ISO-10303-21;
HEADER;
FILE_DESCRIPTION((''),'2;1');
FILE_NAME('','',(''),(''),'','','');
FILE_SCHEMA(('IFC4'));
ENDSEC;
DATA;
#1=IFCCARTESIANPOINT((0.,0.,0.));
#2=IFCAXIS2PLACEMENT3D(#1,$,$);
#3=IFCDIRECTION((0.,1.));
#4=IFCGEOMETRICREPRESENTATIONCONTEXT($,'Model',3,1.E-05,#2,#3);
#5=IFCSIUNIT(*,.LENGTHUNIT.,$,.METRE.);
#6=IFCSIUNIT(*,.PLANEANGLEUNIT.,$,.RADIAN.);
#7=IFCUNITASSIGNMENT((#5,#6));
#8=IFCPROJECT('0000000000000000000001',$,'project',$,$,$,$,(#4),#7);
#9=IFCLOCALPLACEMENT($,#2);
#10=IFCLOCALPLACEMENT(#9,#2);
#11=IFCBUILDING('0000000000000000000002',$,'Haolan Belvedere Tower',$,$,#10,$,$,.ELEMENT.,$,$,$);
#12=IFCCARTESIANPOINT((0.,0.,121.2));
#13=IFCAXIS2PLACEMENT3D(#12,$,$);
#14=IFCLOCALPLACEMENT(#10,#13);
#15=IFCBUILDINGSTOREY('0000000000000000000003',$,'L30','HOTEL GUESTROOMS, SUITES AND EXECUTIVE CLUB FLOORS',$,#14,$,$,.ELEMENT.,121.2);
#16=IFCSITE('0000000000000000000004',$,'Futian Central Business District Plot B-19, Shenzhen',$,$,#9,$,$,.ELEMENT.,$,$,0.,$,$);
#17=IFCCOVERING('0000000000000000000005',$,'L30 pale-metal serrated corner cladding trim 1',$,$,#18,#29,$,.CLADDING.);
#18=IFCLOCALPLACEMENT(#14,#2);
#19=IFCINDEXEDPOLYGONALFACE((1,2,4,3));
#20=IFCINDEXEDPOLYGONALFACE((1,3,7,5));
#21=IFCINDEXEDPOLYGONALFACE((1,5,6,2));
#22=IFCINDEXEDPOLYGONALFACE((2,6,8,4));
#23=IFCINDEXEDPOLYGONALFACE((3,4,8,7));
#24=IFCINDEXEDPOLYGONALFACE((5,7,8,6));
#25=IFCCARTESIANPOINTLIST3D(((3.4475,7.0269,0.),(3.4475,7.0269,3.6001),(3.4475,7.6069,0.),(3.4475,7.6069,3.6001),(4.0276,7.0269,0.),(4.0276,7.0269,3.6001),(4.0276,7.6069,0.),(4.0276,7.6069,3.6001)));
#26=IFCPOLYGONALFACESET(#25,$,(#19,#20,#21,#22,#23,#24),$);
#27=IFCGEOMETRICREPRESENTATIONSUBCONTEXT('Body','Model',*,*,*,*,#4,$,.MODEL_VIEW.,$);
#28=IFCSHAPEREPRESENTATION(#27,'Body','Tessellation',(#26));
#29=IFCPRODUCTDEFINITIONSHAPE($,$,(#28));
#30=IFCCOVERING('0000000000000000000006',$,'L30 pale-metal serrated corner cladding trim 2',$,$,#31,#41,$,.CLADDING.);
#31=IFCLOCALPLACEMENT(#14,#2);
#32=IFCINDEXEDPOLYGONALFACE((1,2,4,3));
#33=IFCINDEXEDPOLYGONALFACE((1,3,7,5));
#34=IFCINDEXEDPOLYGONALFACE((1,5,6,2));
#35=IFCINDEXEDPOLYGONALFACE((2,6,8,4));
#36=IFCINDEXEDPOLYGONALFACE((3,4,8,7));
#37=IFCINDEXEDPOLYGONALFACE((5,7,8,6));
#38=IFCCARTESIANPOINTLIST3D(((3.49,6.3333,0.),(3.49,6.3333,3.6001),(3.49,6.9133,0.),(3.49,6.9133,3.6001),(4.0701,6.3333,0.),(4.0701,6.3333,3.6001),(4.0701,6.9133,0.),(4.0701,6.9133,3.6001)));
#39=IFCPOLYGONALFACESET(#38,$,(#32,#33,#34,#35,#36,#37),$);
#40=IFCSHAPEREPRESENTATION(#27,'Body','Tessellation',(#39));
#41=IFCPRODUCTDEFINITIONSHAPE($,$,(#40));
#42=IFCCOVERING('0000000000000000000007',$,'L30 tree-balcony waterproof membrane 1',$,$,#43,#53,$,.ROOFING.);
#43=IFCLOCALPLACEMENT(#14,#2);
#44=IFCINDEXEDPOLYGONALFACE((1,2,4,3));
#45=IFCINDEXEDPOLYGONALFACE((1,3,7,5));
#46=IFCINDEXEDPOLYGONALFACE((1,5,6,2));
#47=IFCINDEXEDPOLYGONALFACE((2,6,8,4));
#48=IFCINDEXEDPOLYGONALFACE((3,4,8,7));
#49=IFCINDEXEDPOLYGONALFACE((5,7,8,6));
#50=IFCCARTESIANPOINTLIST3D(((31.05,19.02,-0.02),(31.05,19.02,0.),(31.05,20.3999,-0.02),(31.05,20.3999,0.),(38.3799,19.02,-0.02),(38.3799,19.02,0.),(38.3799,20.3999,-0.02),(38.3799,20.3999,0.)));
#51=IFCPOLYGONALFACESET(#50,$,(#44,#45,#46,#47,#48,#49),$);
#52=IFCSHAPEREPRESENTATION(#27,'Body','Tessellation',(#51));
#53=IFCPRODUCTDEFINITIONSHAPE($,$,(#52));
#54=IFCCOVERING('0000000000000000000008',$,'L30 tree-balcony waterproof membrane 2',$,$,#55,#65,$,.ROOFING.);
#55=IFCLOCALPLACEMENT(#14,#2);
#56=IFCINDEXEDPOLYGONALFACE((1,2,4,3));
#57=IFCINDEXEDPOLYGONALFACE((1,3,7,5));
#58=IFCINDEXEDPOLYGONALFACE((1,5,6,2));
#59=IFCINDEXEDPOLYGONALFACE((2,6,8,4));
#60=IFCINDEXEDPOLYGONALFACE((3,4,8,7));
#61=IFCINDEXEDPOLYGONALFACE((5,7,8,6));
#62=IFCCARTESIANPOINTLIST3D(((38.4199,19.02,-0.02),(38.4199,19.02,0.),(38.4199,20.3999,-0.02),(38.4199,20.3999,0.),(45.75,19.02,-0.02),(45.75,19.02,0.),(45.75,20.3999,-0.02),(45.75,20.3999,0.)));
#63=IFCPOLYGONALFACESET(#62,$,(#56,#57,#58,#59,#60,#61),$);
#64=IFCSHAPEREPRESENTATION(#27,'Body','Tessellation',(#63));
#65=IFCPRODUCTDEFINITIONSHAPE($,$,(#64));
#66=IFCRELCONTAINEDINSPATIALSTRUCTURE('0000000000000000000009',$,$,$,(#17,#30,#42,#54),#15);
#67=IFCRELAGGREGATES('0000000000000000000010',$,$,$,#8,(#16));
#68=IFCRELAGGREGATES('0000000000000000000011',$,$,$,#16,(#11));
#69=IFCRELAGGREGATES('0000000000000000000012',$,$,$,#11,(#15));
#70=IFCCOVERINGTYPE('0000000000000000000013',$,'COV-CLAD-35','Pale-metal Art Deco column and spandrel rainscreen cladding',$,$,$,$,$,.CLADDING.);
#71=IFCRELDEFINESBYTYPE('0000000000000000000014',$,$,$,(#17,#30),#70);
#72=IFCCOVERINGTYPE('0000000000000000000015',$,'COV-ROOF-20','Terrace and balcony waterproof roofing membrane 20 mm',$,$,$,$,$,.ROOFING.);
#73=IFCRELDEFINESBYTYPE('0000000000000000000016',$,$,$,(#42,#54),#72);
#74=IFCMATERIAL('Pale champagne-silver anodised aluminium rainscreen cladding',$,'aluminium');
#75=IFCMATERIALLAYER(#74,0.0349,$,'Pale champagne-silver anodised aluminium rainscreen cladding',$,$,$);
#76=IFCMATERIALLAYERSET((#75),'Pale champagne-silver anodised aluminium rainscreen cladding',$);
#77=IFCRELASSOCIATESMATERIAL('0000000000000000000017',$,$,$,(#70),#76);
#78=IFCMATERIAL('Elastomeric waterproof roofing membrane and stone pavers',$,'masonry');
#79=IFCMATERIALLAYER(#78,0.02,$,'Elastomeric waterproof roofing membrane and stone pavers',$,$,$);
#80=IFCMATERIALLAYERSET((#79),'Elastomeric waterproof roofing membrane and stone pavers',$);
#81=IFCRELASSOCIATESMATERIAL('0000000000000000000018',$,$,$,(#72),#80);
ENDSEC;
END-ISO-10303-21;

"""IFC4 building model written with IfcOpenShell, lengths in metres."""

from ifc_helpers import new_model, si_unit, direction, frame, origin, origin_2d, place, context, subcontext, project, spatial, polyline, rectangle, outline, extrude, material, layer, layer_set, type_object, element, save


model = new_model("IFC4")

# Units and contexts
model_context = context("Model", 3, precision=1e-05, world=origin(), true_north=direction((0.0, 1.0)))
body_context = subcontext(model_context, "Body", "Model", "MODEL_VIEW")
ifc_project = project(units=[si_unit("LENGTHUNIT", "METRE"), si_unit("PLANEANGLEUNIT", "RADIAN")], contexts=[model_context])

# Site, building, storey
site_placement = place(None, origin())
site = spatial("IfcSite", under=ifc_project, at=site_placement, Name="Futian Central Business District Plot B-19, Shenzhen", CompositionType="ELEMENT", RefElevation=0.0)
building_placement = place(site_placement, origin())
building = spatial("IfcBuilding", under=site, at=building_placement, Name="Haolan Belvedere Tower", CompositionType="ELEMENT")
storey_placement = place(building_placement, frame((0.0, 0.0, 121.2)))
storey = spatial("IfcBuildingStorey", under=building, at=storey_placement, Name="L30", Description="HOTEL GUESTROOMS, SUITES AND EXECUTIVE CLUB FLOORS", CompositionType="ELEMENT", Elevation=121.2)

# Coverings
ifc_material_1 = material(Name="Pale champagne-silver anodised aluminium rainscreen cladding", Category="aluminium")
ifc_layer_1 = layer(ifc_material_1, 0.0349, Name="Pale champagne-silver anodised aluminium rainscreen cladding")
ifc_layer_set_1 = layer_set([ifc_layer_1], Name="Pale champagne-silver anodised aluminium rainscreen cladding")
covering_type_1 = type_object("IfcCoveringType", Name="COV-CLAD-35", Description="Pale-metal Art Deco column and spandrel rainscreen cladding", PredefinedType="CLADDING", material=ifc_layer_set_1)
for number, where, z_axis, x_axis, name in (
    (1, (3.7375, 7.3169, 0.0), (0.0, 0.0, 1.0), (1.0, 0.0, 0.0), "L30 pale-metal serrated corner cladding trim 1"),
    (2, (3.78, 6.6233, 0.0), (0.0, 0.0, 1.0), (1.0, 0.0, 0.0), "L30 pale-metal serrated corner cladding trim 2"),
):
    element("IfcCovering", number, at=place(storey_placement, frame(where, z_axis=z_axis, x_axis=x_axis)), inside=storey, type_object=covering_type_1, Name=name, PredefinedType="CLADDING", context=body_context, shape_type="SweptSolid", body=[
        extrude(rectangle(XDim=0.5801, YDim=0.5801, at=origin_2d()), origin(), (0.0, 0.0, 1.0), 3.6001),
    ])
ifc_material_2 = material(Name="Elastomeric waterproof roofing membrane and stone pavers", Category="masonry")
ifc_layer_2 = layer(ifc_material_2, 0.02, Name="Elastomeric waterproof roofing membrane and stone pavers")
ifc_layer_set_2 = layer_set([ifc_layer_2], Name="Elastomeric waterproof roofing membrane and stone pavers")
covering_type_2 = type_object("IfcCoveringType", Name="COV-ROOF-20", Description="Terrace and balcony waterproof roofing membrane 20 mm", PredefinedType="ROOFING", material=ifc_layer_set_2)
covering_1_placement = place(storey_placement, frame((0.0, 0.0, -0.02)))
element("IfcCovering", 3, at=covering_1_placement, inside=storey, type_object=covering_type_2, Name="L30 tree-balcony waterproof membrane 1", PredefinedType="ROOFING", context=body_context, shape_type="SweptSolid", body=[
    extrude(outline(polyline([(31.05, 19.02), (38.3799, 19.02), (38.3799, 20.3999), (31.05, 20.3999), (31.05, 19.02)])), origin(), (0.0, 0.0, 1.0), 0.02),
])
covering_2_placement = place(storey_placement, frame((0.0, 0.0, -0.02)))
element("IfcCovering", 4, at=covering_2_placement, inside=storey, type_object=covering_type_2, Name="L30 tree-balcony waterproof membrane 2", PredefinedType="ROOFING", context=body_context, shape_type="SweptSolid", body=[
    extrude(outline(polyline([(38.4199, 19.02), (45.75, 19.02), (45.75, 20.3999), (38.4199, 20.3999), (38.4199, 19.02)])), origin(), (0.0, 0.0, 1.0), 0.02),
])

save(model, "model.ifc")
